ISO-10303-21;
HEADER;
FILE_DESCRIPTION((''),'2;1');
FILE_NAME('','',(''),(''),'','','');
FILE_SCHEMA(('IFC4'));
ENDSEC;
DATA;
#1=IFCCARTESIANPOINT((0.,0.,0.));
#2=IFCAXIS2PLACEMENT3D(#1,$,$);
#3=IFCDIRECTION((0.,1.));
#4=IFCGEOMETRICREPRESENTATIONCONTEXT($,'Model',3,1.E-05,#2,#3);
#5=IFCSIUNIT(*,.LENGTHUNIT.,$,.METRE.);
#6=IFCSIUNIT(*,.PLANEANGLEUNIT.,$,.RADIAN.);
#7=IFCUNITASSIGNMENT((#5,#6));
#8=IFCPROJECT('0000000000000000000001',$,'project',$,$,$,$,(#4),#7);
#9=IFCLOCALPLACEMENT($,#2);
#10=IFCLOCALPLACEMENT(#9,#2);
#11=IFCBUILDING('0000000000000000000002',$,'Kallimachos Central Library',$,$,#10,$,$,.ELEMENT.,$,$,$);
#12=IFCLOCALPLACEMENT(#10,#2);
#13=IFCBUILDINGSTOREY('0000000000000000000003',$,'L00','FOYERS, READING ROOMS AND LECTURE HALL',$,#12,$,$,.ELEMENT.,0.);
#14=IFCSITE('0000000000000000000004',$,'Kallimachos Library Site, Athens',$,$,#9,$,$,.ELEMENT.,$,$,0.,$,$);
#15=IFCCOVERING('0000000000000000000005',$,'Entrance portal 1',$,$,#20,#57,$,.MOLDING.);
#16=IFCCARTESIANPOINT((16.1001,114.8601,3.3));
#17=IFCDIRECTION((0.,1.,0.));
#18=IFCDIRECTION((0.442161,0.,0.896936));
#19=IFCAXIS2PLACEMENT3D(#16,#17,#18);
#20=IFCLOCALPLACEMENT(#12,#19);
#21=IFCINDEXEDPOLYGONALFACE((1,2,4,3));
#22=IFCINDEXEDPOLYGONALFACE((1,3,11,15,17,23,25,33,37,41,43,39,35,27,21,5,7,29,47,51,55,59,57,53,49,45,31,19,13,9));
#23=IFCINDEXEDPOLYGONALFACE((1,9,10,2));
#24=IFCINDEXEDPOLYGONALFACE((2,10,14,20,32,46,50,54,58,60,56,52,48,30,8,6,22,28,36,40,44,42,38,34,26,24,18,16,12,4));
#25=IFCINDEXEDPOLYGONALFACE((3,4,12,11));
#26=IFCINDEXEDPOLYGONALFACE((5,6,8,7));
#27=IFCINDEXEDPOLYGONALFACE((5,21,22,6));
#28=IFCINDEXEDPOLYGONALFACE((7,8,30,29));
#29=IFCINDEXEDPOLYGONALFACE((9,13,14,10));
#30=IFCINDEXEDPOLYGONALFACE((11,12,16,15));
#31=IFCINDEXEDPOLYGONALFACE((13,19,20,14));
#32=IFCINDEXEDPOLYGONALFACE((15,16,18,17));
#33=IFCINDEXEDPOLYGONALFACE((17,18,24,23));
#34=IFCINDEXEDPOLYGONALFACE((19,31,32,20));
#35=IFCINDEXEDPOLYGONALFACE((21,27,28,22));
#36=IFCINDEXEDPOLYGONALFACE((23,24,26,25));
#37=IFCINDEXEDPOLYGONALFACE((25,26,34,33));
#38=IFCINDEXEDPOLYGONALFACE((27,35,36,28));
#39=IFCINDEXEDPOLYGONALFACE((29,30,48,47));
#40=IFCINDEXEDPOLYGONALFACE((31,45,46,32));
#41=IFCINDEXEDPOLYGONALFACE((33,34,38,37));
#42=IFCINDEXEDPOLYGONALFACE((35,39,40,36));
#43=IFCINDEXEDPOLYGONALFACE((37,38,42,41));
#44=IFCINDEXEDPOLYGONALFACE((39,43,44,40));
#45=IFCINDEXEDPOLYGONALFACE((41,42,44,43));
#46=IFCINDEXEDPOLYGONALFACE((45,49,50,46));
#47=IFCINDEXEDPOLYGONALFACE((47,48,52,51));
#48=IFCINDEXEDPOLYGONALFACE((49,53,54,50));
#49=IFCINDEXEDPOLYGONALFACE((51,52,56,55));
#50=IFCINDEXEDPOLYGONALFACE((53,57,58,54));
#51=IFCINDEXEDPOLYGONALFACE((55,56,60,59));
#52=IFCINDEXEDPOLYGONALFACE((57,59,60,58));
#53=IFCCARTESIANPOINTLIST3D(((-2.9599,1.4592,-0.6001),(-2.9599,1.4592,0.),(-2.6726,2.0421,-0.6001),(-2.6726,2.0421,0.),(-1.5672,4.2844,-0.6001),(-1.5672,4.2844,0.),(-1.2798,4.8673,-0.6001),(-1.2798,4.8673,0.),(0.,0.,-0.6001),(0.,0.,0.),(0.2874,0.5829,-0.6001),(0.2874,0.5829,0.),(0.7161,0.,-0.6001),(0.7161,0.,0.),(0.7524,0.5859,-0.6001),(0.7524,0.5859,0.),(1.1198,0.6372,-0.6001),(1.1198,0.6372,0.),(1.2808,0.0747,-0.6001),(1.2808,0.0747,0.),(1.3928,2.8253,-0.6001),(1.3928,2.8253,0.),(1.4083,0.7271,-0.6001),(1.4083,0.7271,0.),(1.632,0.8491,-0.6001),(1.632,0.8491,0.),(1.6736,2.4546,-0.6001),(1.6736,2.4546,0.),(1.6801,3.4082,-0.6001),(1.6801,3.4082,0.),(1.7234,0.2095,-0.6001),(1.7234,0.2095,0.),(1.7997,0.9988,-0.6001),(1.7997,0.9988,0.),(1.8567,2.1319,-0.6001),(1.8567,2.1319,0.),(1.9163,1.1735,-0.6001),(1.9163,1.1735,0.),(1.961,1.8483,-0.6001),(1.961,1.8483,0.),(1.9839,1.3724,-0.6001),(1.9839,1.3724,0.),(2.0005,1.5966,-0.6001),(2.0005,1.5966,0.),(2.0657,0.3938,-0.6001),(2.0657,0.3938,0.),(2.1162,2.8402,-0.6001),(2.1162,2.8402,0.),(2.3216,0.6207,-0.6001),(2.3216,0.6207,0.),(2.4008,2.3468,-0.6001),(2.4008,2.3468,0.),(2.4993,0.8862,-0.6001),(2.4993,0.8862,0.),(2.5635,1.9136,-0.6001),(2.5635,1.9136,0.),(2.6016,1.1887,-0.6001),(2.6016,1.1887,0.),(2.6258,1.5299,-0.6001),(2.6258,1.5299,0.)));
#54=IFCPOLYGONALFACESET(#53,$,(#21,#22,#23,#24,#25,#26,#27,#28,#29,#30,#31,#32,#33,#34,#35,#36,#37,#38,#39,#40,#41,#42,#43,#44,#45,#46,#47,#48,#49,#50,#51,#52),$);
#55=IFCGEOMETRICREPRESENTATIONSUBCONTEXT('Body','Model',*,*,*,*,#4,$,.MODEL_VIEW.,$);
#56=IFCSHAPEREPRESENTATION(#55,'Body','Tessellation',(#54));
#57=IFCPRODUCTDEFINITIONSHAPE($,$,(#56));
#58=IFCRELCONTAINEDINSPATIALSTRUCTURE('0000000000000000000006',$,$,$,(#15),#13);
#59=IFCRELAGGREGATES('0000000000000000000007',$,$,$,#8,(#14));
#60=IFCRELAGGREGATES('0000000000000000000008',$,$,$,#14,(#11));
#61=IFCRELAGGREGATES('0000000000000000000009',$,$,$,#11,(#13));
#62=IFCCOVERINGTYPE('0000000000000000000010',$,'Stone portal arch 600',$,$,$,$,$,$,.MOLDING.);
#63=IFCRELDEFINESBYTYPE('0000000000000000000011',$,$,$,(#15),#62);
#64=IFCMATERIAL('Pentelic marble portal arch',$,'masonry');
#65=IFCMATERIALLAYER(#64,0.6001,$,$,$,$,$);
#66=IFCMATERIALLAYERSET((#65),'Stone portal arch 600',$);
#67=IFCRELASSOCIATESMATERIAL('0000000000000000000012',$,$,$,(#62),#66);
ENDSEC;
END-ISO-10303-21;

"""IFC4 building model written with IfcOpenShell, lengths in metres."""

from ifc_helpers import new_model, si_unit, direction, frame, origin, place, context, subcontext, project, spatial, polyline, outline, extrude, material, layer, layer_set, type_object, element, save


model = new_model("IFC4")

# Units and contexts
model_context = context("Model", 3, precision=1e-05, world=origin(), true_north=direction((0.0, 1.0)))
body_context = subcontext(model_context, "Body", "Model", "MODEL_VIEW")
ifc_project = project(units=[si_unit("LENGTHUNIT", "METRE"), si_unit("PLANEANGLEUNIT", "RADIAN")], contexts=[model_context])

# Site, building, storey
site_placement = place(None, origin())
site = spatial("IfcSite", under=ifc_project, at=site_placement, Name="Kallimachos Library Site, Athens", CompositionType="ELEMENT", RefElevation=0.0)
building_placement = place(site_placement, origin())
building = spatial("IfcBuilding", under=site, at=building_placement, Name="Kallimachos Central Library", CompositionType="ELEMENT")
storey_placement = place(building_placement, origin())
storey = spatial("IfcBuildingStorey", under=building, at=storey_placement, Name="L00", Description="FOYERS, READING ROOMS AND LECTURE HALL", CompositionType="ELEMENT", Elevation=0.0)

# Covering
ifc_material_1 = material(Name="Pentelic marble portal arch", Category="masonry")
ifc_layer_1 = layer(ifc_material_1, 0.6001)
ifc_layer_set_1 = layer_set([ifc_layer_1], Name="Stone portal arch 600")
covering_type_1 = type_object("IfcCoveringType", Name="Stone portal arch 600", PredefinedType="MOLDING", material=ifc_layer_set_1)
covering_1_placement = place(storey_placement, frame((16.1001, 114.8601, 3.3), z_axis=(0.0, 1.0, 0.0), x_axis=(0.442161, 0.0, 0.896936)))
element("IfcCovering", 1, at=covering_1_placement, inside=storey, type_object=covering_type_1, Name="Entrance portal 1", PredefinedType="MOLDING", context=body_context, shape_type="SweptSolid", body=[
    extrude(outline(polyline([(0.0, 0.0), (0.7161, 0.0), (1.2808, 0.0747), (1.7234, 0.2095), (2.0657, 0.3938), (2.3216, 0.6207), (2.4993, 0.8862), (2.6016, 1.1887), (2.6258, 1.5299), (2.5635, 1.9136), (2.4008, 2.3468), (2.1162, 2.8402), (1.6801, 3.4082), (-1.2798, 4.8673), (-1.5672, 4.2844), (1.3928, 2.8253), (1.6736, 2.4546), (1.8567, 2.1319), (1.961, 1.8483), (2.0005, 1.5966), (1.9839, 1.3724), (1.9163, 1.1735), (1.7997, 0.9988), (1.632, 0.8491), (1.4083, 0.7271), (1.1198, 0.6372), (0.7524, 0.5859), (0.2874, 0.5829), (-2.6726, 2.0421), (-2.9599, 1.4592), (0.0, 0.0)])), origin(), (0.0, 0.0, -1.0), 0.6001),
])

save(model, "model.ifc")
